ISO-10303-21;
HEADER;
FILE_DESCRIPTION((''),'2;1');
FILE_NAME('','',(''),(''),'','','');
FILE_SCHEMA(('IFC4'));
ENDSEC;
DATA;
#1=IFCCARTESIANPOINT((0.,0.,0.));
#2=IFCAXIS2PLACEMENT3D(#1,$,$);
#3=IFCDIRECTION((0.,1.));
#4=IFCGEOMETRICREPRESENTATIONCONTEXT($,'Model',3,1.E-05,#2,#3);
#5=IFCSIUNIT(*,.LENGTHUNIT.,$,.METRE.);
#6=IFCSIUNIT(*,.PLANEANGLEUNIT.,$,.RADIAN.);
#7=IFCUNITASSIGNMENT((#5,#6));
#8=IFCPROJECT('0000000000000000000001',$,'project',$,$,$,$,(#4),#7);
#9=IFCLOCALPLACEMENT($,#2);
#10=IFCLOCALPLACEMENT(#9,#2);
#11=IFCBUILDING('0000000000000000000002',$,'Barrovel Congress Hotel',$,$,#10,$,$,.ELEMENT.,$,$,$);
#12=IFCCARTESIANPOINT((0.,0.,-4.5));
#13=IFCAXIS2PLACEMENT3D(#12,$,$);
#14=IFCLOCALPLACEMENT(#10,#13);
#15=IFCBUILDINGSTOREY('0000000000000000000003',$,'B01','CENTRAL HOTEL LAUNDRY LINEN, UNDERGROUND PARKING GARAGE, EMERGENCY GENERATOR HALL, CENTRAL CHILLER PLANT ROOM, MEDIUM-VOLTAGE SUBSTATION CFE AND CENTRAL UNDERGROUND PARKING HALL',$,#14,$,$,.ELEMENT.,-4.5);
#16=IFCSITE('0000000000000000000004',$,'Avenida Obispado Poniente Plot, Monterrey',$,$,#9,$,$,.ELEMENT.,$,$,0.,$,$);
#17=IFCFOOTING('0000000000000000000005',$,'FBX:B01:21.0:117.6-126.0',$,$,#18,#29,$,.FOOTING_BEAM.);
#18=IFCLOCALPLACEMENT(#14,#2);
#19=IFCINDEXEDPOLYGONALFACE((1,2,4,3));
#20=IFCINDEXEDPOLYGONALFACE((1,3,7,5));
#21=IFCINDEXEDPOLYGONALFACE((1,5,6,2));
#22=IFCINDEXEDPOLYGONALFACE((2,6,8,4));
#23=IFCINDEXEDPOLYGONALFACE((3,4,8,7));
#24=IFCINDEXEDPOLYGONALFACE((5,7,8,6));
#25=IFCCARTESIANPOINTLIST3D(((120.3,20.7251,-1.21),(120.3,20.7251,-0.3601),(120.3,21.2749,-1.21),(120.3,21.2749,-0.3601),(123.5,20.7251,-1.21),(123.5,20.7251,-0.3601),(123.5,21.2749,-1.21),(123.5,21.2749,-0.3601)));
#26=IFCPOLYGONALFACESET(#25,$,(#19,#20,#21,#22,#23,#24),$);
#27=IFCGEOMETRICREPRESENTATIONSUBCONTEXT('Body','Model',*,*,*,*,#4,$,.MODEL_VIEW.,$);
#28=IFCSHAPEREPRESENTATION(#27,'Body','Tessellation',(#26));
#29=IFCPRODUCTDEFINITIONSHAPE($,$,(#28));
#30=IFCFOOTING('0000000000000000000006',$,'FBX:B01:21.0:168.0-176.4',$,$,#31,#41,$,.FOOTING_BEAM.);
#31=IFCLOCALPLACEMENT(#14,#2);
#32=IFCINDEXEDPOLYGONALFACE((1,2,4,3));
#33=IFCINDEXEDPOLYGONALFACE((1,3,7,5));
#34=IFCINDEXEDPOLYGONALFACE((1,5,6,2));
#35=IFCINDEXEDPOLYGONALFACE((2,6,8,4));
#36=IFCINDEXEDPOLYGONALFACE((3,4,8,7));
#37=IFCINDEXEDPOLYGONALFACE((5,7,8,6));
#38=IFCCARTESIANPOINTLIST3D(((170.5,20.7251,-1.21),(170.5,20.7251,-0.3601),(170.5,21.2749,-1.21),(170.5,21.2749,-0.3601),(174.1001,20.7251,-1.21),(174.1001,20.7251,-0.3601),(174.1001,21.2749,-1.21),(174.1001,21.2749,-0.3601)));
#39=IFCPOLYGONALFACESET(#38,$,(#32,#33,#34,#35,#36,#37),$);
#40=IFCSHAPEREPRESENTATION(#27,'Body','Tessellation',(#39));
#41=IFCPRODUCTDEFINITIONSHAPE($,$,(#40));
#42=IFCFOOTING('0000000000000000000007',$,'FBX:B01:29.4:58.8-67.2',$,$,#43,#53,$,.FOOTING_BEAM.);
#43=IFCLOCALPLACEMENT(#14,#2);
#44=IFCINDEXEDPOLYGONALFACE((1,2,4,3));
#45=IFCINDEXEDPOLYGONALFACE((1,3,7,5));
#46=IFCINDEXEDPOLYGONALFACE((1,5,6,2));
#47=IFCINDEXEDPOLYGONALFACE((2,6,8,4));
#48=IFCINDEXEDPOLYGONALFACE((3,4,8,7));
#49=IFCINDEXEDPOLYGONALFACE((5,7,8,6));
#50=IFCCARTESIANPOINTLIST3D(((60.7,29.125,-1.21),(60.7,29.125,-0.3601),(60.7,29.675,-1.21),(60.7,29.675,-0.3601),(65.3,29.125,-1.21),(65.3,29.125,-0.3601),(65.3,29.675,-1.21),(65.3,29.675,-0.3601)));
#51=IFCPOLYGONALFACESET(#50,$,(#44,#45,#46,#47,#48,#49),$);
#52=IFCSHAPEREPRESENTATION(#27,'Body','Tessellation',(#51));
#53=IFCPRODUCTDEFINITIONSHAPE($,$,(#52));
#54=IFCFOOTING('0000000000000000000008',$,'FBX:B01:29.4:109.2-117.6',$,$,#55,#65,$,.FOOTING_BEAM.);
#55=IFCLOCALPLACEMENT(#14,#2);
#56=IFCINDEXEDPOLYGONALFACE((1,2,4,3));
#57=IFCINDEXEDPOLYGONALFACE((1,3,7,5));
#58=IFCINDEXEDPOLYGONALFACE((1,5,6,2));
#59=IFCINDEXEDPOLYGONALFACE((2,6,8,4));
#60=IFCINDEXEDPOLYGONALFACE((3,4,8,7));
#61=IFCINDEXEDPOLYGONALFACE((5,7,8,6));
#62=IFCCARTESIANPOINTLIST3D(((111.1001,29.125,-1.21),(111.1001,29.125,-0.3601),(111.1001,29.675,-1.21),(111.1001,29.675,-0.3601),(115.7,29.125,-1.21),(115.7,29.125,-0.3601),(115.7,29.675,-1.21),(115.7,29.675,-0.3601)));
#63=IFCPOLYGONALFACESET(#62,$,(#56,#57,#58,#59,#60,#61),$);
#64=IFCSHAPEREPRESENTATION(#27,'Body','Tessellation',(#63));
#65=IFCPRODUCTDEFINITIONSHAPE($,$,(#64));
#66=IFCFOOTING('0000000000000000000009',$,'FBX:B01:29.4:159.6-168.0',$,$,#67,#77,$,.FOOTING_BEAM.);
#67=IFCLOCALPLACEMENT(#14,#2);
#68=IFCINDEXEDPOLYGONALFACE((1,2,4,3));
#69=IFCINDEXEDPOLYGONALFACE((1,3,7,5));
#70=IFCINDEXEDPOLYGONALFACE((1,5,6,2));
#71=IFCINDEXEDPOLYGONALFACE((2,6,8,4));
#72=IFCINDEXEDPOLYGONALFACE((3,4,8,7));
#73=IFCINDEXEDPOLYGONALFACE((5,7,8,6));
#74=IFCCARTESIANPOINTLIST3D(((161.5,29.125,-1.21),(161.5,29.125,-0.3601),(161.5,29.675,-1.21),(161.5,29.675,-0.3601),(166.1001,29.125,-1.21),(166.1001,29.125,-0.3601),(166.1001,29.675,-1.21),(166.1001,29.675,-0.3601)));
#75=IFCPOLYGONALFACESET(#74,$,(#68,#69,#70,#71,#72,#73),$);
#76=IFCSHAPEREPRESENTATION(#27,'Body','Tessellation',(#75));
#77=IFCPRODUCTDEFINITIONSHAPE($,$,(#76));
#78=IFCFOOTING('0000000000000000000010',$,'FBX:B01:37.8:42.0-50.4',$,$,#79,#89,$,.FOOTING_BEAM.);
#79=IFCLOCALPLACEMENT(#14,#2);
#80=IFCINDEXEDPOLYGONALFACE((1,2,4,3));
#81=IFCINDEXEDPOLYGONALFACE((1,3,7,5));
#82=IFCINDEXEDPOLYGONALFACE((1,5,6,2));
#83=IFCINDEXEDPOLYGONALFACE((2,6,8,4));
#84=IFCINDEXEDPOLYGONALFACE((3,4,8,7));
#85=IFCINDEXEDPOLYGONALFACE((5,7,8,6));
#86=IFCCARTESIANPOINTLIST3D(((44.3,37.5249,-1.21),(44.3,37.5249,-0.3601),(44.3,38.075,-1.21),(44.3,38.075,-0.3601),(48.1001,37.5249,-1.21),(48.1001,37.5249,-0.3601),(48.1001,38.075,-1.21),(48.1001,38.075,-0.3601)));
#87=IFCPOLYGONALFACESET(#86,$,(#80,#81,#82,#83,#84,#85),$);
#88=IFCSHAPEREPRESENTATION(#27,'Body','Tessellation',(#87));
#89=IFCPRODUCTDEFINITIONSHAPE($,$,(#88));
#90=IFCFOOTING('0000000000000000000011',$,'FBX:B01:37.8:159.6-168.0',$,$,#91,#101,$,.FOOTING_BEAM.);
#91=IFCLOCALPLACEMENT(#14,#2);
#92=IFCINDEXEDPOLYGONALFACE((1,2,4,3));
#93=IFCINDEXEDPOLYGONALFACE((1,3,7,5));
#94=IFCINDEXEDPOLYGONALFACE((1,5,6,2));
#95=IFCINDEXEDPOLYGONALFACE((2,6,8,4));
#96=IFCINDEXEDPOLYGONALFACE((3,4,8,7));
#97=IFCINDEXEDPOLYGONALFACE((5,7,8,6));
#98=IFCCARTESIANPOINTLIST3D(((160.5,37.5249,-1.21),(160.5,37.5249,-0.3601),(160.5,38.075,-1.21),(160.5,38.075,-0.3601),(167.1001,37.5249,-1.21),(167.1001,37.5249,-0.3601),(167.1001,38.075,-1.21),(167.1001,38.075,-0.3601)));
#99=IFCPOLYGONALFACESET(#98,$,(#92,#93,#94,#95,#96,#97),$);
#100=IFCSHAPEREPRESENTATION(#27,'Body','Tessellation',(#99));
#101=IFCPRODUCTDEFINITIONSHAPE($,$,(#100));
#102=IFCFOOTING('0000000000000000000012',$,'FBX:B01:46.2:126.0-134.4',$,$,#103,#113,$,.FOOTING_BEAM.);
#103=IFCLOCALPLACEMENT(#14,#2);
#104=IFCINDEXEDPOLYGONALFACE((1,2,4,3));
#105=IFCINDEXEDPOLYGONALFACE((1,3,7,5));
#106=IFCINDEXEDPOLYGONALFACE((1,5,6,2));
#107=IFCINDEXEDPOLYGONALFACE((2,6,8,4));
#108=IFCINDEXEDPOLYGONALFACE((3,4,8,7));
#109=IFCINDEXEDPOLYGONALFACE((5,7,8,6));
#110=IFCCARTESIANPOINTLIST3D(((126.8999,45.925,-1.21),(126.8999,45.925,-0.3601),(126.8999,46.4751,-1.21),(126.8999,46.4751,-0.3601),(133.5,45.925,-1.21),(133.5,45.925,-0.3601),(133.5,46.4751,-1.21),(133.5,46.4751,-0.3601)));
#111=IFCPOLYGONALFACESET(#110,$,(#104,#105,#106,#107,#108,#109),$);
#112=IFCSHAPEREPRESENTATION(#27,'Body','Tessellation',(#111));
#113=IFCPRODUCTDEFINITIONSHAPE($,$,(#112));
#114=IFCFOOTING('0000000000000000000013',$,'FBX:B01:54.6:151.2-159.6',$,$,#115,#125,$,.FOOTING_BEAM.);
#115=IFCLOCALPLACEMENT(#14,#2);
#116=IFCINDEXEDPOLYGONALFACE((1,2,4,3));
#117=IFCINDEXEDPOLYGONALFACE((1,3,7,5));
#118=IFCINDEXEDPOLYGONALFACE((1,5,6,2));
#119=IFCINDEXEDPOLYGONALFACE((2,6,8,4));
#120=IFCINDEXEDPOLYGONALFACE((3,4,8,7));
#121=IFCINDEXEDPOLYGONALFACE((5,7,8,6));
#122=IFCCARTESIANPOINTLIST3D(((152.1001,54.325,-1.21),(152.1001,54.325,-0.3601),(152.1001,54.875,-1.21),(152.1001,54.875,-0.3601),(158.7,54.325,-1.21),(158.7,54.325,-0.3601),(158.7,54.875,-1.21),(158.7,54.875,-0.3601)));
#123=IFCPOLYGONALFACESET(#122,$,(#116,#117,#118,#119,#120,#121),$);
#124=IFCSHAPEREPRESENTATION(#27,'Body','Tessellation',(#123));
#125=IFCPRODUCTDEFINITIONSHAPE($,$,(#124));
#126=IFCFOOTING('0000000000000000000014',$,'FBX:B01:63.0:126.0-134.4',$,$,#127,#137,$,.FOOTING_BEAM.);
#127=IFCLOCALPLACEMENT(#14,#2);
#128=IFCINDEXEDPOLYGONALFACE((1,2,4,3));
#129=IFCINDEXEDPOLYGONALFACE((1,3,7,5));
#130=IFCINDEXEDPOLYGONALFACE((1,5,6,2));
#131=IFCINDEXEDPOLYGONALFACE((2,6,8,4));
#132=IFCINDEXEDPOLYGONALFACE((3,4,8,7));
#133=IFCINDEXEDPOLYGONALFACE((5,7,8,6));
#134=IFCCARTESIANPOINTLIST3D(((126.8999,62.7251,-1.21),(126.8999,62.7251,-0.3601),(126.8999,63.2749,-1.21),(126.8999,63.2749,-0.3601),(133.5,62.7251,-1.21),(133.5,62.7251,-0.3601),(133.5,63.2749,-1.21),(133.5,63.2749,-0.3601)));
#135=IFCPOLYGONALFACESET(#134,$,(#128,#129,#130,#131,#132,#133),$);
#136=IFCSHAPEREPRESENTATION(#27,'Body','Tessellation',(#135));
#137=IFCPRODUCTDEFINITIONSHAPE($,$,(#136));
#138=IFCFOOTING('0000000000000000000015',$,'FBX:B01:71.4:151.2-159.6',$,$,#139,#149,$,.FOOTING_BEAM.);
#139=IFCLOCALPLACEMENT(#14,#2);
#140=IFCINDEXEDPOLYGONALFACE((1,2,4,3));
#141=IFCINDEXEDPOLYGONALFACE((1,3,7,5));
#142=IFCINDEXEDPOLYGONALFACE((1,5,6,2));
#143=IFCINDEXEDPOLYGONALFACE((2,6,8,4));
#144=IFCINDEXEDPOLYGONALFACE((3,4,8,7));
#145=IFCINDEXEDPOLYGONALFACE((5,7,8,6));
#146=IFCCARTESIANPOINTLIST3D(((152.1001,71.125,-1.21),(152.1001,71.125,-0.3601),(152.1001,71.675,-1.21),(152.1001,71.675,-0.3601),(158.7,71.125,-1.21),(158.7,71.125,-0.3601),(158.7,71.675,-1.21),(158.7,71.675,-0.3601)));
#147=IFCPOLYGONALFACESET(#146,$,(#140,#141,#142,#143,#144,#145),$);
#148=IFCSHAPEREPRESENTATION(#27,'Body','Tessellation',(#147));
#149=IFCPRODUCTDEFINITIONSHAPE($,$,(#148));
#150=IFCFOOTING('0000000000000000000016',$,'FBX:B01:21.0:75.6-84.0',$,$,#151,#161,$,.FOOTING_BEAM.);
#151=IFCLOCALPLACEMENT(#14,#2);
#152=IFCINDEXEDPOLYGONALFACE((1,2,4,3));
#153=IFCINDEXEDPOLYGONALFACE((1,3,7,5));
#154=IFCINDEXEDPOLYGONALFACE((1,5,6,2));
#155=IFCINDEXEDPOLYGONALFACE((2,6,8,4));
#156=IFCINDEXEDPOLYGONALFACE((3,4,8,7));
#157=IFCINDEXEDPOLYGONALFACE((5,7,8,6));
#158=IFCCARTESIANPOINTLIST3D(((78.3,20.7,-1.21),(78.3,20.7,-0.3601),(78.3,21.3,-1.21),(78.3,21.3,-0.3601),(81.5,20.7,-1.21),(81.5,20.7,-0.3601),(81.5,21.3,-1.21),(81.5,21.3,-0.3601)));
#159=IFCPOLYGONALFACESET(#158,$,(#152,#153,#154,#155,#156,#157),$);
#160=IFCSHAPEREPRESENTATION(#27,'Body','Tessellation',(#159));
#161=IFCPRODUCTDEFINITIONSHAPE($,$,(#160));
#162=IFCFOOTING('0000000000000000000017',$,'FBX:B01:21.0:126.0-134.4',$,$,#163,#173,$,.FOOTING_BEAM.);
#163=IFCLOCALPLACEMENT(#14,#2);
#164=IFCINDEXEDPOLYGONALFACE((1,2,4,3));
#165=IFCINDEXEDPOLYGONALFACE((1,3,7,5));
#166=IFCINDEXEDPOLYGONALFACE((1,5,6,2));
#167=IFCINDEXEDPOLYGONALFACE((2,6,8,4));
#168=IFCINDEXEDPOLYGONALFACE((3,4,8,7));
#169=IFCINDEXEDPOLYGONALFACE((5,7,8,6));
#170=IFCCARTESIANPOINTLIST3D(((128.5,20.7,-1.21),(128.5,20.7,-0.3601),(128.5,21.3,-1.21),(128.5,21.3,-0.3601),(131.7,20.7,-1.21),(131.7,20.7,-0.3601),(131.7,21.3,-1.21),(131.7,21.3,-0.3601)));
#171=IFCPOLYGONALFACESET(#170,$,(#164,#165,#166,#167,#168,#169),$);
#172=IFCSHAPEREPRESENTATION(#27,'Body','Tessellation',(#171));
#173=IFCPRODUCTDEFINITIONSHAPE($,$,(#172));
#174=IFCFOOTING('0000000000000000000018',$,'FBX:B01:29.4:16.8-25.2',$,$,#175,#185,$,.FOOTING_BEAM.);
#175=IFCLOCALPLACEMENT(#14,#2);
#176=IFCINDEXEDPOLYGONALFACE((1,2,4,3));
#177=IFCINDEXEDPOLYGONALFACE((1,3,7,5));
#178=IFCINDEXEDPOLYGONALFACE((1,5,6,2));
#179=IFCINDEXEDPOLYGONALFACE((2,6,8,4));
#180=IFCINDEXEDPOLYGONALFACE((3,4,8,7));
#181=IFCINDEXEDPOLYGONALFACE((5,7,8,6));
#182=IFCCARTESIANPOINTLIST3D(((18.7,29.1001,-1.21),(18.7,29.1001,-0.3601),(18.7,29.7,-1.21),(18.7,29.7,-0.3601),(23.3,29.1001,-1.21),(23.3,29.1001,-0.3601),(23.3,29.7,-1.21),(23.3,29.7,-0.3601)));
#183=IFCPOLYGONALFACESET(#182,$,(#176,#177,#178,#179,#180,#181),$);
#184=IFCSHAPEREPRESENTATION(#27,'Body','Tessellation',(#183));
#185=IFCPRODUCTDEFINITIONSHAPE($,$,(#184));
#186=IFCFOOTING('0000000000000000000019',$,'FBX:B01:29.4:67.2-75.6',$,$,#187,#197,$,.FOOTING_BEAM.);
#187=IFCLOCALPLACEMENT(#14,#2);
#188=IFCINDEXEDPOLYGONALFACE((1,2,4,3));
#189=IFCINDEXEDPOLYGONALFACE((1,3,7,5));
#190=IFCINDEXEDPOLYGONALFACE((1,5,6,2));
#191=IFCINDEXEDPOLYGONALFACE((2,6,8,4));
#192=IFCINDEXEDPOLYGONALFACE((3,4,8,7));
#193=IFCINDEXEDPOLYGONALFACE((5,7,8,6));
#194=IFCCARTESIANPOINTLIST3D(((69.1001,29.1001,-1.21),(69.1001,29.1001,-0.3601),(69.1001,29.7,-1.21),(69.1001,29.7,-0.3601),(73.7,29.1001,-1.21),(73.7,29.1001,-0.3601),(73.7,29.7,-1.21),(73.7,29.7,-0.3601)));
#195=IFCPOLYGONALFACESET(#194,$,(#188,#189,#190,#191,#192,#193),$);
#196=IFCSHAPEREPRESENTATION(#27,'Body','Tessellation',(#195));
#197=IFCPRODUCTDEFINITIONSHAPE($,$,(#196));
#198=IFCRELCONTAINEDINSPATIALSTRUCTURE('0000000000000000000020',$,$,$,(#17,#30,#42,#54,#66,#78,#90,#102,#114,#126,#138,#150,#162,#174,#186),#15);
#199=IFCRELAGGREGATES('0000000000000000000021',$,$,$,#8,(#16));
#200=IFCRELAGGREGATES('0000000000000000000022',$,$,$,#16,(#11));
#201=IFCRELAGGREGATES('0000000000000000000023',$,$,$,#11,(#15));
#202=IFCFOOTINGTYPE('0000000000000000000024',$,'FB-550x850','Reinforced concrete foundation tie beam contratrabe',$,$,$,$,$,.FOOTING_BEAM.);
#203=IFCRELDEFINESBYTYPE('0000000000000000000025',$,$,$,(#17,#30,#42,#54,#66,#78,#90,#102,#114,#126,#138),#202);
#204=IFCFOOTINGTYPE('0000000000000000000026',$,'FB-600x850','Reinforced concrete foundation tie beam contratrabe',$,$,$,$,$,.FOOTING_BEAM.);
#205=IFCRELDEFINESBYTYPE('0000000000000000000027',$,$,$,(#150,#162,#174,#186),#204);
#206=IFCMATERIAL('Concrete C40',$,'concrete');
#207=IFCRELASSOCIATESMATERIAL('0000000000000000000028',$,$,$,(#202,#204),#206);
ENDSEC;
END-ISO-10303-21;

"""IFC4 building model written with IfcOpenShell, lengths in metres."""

from ifc_helpers import new_model, si_unit, direction, frame, origin, place, context, subcontext, project, spatial, polyline, outline, extrude, material, type_object, element, save


model = new_model("IFC4")

# Units and contexts
model_context = context("Model", 3, precision=1e-05, world=origin(), true_north=direction((0.0, 1.0)))
body_context = subcontext(model_context, "Body", "Model", "MODEL_VIEW")
ifc_project = project(units=[si_unit("LENGTHUNIT", "METRE"), si_unit("PLANEANGLEUNIT", "RADIAN")], contexts=[model_context])

# Site, building, storey
site_placement = place(None, origin())
site = spatial("IfcSite", under=ifc_project, at=site_placement, Name="Avenida Obispado Poniente Plot, Monterrey", CompositionType="ELEMENT", RefElevation=0.0)
building_placement = place(site_placement, origin())
building = spatial("IfcBuilding", under=site, at=building_placement, Name="Barrovel Congress Hotel", CompositionType="ELEMENT")
storey_placement = place(building_placement, frame((0.0, 0.0, -4.5)))
storey = spatial("IfcBuildingStorey", under=building, at=storey_placement, Name="B01", Description="CENTRAL HOTEL LAUNDRY LINEN, UNDERGROUND PARKING GARAGE, EMERGENCY GENERATOR HALL, CENTRAL CHILLER PLANT ROOM, MEDIUM-VOLTAGE SUBSTATION CFE AND CENTRAL UNDERGROUND PARKING HALL", CompositionType="ELEMENT", Elevation=-4.5)

# Footings
ifc_material = material(Name="Concrete C40", Category="concrete")
footing_type_1 = type_object("IfcFootingType", Name="FB-550x850", Description="Reinforced concrete foundation tie beam contratrabe", PredefinedType="FOOTING_BEAM", material=ifc_material)
footing_1_placement = place(storey_placement, frame((0.0, 0.0, -1.21)))
element("IfcFooting", 1, at=footing_1_placement, inside=storey, type_object=footing_type_1, Name="FBX:B01:21.0:117.6-126.0", PredefinedType="FOOTING_BEAM", context=body_context, shape_type="SweptSolid", body=[
    extrude(outline(polyline([(120.3, 20.7251), (123.5, 20.7251), (123.5, 21.2749), (120.3, 21.2749), (120.3, 20.7251)])), origin(), (0.0, 0.0, 1.0), 0.8499),
])
footing_2_placement = place(storey_placement, frame((0.0, 0.0, -1.21)))
element("IfcFooting", 2, at=footing_2_placement, inside=storey, type_object=footing_type_1, Name="FBX:B01:21.0:168.0-176.4", PredefinedType="FOOTING_BEAM", context=body_context, shape_type="SweptSolid", body=[
    extrude(outline(polyline([(170.5, 20.7251), (174.1001, 20.7251), (174.1001, 21.2749), (170.5, 21.2749), (170.5, 20.7251)])), origin(), (0.0, 0.0, 1.0), 0.8499),
])
footing_3_placement = place(storey_placement, frame((0.0, 0.0, -1.21)))
element("IfcFooting", 3, at=footing_3_placement, inside=storey, type_object=footing_type_1, Name="FBX:B01:29.4:58.8-67.2", PredefinedType="FOOTING_BEAM", context=body_context, shape_type="SweptSolid", body=[
    extrude(outline(polyline([(60.7, 29.125), (65.3, 29.125), (65.3, 29.675), (60.7, 29.675), (60.7, 29.125)])), origin(), (0.0, 0.0, 1.0), 0.8499),
])
footing_4_placement = place(storey_placement, frame((0.0, 0.0, -1.21)))
element("IfcFooting", 4, at=footing_4_placement, inside=storey, type_object=footing_type_1, Name="FBX:B01:29.4:109.2-117.6", PredefinedType="FOOTING_BEAM", context=body_context, shape_type="SweptSolid", body=[
    extrude(outline(polyline([(111.1001, 29.125), (115.7, 29.125), (115.7, 29.675), (111.1001, 29.675), (111.1001, 29.125)])), origin(), (0.0, 0.0, 1.0), 0.8499),
])
footing_5_placement = place(storey_placement, frame((0.0, 0.0, -1.21)))
element("IfcFooting", 5, at=footing_5_placement, inside=storey, type_object=footing_type_1, Name="FBX:B01:29.4:159.6-168.0", PredefinedType="FOOTING_BEAM", context=body_context, shape_type="SweptSolid", body=[
    extrude(outline(polyline([(161.5, 29.125), (166.1001, 29.125), (166.1001, 29.675), (161.5, 29.675), (161.5, 29.125)])), origin(), (0.0, 0.0, 1.0), 0.8499),
])
footing_6_placement = place(storey_placement, frame((0.0, 0.0, -1.21)))
element("IfcFooting", 6, at=footing_6_placement, inside=storey, type_object=footing_type_1, Name="FBX:B01:37.8:42.0-50.4", PredefinedType="FOOTING_BEAM", context=body_context, shape_type="SweptSolid", body=[
    extrude(outline(polyline([(44.3, 37.5249), (48.1001, 37.5249), (48.1001, 38.075), (44.3, 38.075), (44.3, 37.5249)])), origin(), (0.0, 0.0, 1.0), 0.8499),
])
footing_7_placement = place(storey_placement, frame((0.0, 0.0, -1.21)))
element("IfcFooting", 7, at=footing_7_placement, inside=storey, type_object=footing_type_1, Name="FBX:B01:37.8:159.6-168.0", PredefinedType="FOOTING_BEAM", context=body_context, shape_type="SweptSolid", body=[
    extrude(outline(polyline([(160.5, 37.5249), (167.1001, 37.5249), (167.1001, 38.075), (160.5, 38.075), (160.5, 37.5249)])), origin(), (0.0, 0.0, 1.0), 0.8499),
])
footing_8_placement = place(storey_placement, frame((0.0, 0.0, -1.21)))
element("IfcFooting", 8, at=footing_8_placement, inside=storey, type_object=footing_type_1, Name="FBX:B01:46.2:126.0-134.4", PredefinedType="FOOTING_BEAM", context=body_context, shape_type="SweptSolid", body=[
    extrude(outline(polyline([(126.8999, 45.925), (133.5, 45.925), (133.5, 46.4751), (126.8999, 46.4751), (126.8999, 45.925)])), origin(), (0.0, 0.0, 1.0), 0.8499),
])
footing_9_placement = place(storey_placement, frame((0.0, 0.0, -1.21)))
element("IfcFooting", 9, at=footing_9_placement, inside=storey, type_object=footing_type_1, Name="FBX:B01:54.6:151.2-159.6", PredefinedType="FOOTING_BEAM", context=body_context, shape_type="SweptSolid", body=[
    extrude(outline(polyline([(152.1001, 54.325), (158.7, 54.325), (158.7, 54.875), (152.1001, 54.875), (152.1001, 54.325)])), origin(), (0.0, 0.0, 1.0), 0.8499),
])
footing_10_placement = place(storey_placement, frame((0.0, 0.0, -1.21)))
element("IfcFooting", 10, at=footing_10_placement, inside=storey, type_object=footing_type_1, Name="FBX:B01:63.0:126.0-134.4", PredefinedType="FOOTING_BEAM", context=body_context, shape_type="SweptSolid", body=[
    extrude(outline(polyline([(126.8999, 62.7251), (133.5, 62.7251), (133.5, 63.2749), (126.8999, 63.2749), (126.8999, 62.7251)])), origin(), (0.0, 0.0, 1.0), 0.8499),
])
footing_11_placement = place(storey_placement, frame((0.0, 0.0, -1.21)))
element("IfcFooting", 11, at=footing_11_placement, inside=storey, type_object=footing_type_1, Name="FBX:B01:71.4:151.2-159.6", PredefinedType="FOOTING_BEAM", context=body_context, shape_type="SweptSolid", body=[
    extrude(outline(polyline([(152.1001, 71.125), (158.7, 71.125), (158.7, 71.675), (152.1001, 71.675), (152.1001, 71.125)])), origin(), (0.0, 0.0, 1.0), 0.8499),
])
footing_type_2 = type_object("IfcFootingType", Name="FB-600x850", Description="Reinforced concrete foundation tie beam contratrabe", PredefinedType="FOOTING_BEAM", material=ifc_material)
footing_12_placement = place(storey_placement, frame((0.0, 0.0, -1.21)))
element("IfcFooting", 12, at=footing_12_placement, inside=storey, type_object=footing_type_2, Name="FBX:B01:21.0:75.6-84.0", PredefinedType="FOOTING_BEAM", context=body_context, shape_type="SweptSolid", body=[
    extrude(outline(polyline([(78.3, 20.7), (81.5, 20.7), (81.5, 21.3), (78.3, 21.3), (78.3, 20.7)])), origin(), (0.0, 0.0, 1.0), 0.8499),
])
footing_13_placement = place(storey_placement, frame((0.0, 0.0, -1.21)))
element("IfcFooting", 13, at=footing_13_placement, inside=storey, type_object=footing_type_2, Name="FBX:B01:21.0:126.0-134.4", PredefinedType="FOOTING_BEAM", context=body_context, shape_type="SweptSolid", body=[
    extrude(outline(polyline([(128.5, 20.7), (131.7, 20.7), (131.7, 21.3), (128.5, 21.3), (128.5, 20.7)])), origin(), (0.0, 0.0, 1.0), 0.8499),
])
footing_14_placement = place(storey_placement, frame((0.0, 0.0, -1.21)))
element("IfcFooting", 14, at=footing_14_placement, inside=storey, type_object=footing_type_2, Name="FBX:B01:29.4:16.8-25.2", PredefinedType="FOOTING_BEAM", context=body_context, shape_type="SweptSolid", body=[
    extrude(outline(polyline([(18.7, 29.1001), (23.3, 29.1001), (23.3, 29.7), (18.7, 29.7), (18.7, 29.1001)])), origin(), (0.0, 0.0, 1.0), 0.8499),
])
footing_15_placement = place(storey_placement, frame((0.0, 0.0, -1.21)))
element("IfcFooting", 15, at=footing_15_placement, inside=storey, type_object=footing_type_2, Name="FBX:B01:29.4:67.2-75.6", PredefinedType="FOOTING_BEAM", context=body_context, shape_type="SweptSolid", body=[
    extrude(outline(polyline([(69.1001, 29.1001), (73.7, 29.1001), (73.7, 29.7), (69.1001, 29.7), (69.1001, 29.1001)])), origin(), (0.0, 0.0, 1.0), 0.8499),
])

save(model, "model.ifc")
